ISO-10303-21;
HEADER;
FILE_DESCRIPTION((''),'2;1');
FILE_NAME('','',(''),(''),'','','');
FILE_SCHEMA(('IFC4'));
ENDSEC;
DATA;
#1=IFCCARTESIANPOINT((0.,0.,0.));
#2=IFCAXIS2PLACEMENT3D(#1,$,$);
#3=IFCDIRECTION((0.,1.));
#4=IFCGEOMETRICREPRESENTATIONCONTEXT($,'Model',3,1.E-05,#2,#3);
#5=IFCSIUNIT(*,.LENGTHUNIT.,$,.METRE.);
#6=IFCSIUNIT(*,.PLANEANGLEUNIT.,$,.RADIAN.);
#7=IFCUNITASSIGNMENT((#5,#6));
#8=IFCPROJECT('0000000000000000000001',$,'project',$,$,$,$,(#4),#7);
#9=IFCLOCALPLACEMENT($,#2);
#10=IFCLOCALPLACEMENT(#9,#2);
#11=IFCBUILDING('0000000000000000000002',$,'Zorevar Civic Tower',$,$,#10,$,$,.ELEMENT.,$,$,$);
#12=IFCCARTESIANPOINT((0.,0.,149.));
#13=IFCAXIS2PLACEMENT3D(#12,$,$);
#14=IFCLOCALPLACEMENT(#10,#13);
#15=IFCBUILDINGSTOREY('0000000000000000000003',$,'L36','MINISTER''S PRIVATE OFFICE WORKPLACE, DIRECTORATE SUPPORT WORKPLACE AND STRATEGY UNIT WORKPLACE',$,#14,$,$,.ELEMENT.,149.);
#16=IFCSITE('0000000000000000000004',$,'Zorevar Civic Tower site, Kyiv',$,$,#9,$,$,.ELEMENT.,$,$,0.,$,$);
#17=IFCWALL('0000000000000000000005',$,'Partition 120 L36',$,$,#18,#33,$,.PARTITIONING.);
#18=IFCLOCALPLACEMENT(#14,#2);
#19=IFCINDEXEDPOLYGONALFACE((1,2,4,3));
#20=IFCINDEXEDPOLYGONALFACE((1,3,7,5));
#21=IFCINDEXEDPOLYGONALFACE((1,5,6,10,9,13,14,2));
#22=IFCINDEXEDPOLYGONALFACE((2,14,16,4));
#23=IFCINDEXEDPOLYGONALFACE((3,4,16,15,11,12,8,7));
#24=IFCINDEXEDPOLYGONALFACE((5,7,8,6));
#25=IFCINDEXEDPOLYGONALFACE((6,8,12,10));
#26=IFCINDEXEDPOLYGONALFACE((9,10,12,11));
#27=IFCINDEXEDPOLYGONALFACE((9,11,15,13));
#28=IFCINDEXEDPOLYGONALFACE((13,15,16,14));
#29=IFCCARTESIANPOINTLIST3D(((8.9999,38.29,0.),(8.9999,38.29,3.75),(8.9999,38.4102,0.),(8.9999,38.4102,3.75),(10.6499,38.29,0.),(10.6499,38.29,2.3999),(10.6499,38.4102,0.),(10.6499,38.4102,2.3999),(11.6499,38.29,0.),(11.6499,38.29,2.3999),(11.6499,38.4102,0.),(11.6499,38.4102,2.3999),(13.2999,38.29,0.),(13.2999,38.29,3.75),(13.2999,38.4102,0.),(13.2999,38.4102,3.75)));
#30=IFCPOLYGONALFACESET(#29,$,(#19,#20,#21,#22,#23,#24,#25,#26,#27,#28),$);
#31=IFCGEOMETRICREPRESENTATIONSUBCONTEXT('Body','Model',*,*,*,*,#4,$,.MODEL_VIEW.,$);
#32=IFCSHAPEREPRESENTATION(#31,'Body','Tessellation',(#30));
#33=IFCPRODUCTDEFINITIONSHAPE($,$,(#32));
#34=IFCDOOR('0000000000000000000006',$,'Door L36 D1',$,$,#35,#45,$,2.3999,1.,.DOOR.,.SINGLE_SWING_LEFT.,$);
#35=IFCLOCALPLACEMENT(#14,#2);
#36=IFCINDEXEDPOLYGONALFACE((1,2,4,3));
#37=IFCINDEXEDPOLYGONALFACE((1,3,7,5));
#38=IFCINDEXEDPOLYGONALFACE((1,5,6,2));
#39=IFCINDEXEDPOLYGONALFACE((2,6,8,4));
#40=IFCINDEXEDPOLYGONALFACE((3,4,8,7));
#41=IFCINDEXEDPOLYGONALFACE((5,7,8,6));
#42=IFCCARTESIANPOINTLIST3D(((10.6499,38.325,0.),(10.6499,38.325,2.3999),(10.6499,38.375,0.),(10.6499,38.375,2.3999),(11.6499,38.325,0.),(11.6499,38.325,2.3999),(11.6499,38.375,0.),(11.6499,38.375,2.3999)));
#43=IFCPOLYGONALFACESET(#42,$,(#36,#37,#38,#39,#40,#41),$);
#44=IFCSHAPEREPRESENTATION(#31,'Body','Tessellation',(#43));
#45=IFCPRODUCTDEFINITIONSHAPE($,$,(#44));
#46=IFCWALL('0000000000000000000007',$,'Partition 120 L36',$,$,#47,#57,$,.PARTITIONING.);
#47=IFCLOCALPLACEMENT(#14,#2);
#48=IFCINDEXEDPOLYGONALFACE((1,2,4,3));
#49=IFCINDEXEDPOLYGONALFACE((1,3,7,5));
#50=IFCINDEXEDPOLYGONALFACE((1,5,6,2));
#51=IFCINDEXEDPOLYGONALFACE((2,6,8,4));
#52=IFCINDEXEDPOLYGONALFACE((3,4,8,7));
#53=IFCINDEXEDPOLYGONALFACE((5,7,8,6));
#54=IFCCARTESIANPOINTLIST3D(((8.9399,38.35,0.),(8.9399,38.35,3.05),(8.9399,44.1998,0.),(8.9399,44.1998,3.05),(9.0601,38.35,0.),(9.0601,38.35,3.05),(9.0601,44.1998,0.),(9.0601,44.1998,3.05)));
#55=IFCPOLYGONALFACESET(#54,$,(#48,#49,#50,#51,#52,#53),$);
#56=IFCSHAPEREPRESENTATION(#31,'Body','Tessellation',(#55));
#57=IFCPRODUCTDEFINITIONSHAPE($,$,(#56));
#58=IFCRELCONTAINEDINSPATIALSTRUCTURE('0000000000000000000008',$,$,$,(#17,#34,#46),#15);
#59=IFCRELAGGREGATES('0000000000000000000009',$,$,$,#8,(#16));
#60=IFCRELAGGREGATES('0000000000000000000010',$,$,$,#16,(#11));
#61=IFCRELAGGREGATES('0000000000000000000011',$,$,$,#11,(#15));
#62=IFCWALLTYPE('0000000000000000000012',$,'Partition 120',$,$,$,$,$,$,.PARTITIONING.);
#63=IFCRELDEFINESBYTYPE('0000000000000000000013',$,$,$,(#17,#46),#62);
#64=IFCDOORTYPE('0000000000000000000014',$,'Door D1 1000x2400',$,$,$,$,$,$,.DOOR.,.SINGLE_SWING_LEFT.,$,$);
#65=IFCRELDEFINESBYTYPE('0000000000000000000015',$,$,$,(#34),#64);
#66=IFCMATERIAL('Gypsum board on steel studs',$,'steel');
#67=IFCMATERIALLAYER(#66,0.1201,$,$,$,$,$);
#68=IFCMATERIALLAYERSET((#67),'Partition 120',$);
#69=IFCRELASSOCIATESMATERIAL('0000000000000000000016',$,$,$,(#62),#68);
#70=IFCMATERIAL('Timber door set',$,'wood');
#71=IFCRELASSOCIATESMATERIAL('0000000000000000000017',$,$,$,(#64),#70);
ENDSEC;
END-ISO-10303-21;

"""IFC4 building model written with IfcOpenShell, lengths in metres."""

from ifc_helpers import new_model, si_unit, direction, frame, frame_2d, origin, place, context, subcontext, project, spatial, rectangle, extrude, material, layer, layer_set, type_object, element, fill, save


model = new_model("IFC4")

# Units and contexts
model_context = context("Model", 3, precision=1e-05, world=origin(), true_north=direction((0.0, 1.0)))
body_context = subcontext(model_context, "Body", "Model", "MODEL_VIEW")
ifc_project = project(units=[si_unit("LENGTHUNIT", "METRE"), si_unit("PLANEANGLEUNIT", "RADIAN")], contexts=[model_context])

# Site, building, storey
site_placement = place(None, origin())
site = spatial("IfcSite", under=ifc_project, at=site_placement, Name="Zorevar Civic Tower site, Kyiv", CompositionType="ELEMENT", RefElevation=0.0)
building_placement = place(site_placement, origin())
building = spatial("IfcBuilding", under=site, at=building_placement, Name="Zorevar Civic Tower", CompositionType="ELEMENT")
storey_placement = place(building_placement, frame((0.0, 0.0, 149.0)))
storey = spatial("IfcBuildingStorey", under=building, at=storey_placement, Name="L36", Description="MINISTER'S PRIVATE OFFICE WORKPLACE, DIRECTORATE SUPPORT WORKPLACE AND STRATEGY UNIT WORKPLACE", CompositionType="ELEMENT", Elevation=149.0)

# Wall, opening, door
ifc_material_1 = material(Name="Gypsum board on steel studs", Category="steel")
ifc_layer_1 = layer(ifc_material_1, 0.1201)
ifc_layer_set_1 = layer_set([ifc_layer_1], Name="Partition 120")
wall_type_1 = type_object("IfcWallType", Name="Partition 120", PredefinedType="PARTITIONING", material=ifc_layer_set_1)
wall_1_placement = place(storey_placement, frame((9.0, 38.3501, 0.0), z_axis=(0.0, 0.0, 1.0), x_axis=(1.0, 0.0, 0.0)))
wall_1 = element("IfcWall", 1, at=wall_1_placement, inside=storey, type_object=wall_type_1, Name="Partition 120 L36", PredefinedType="PARTITIONING", context=body_context, shape_type="SweptSolid", body=[
    extrude(rectangle(XDim=4.3, YDim=0.1201, at=frame_2d((2.1499, 0.0))), origin(), (0.0, 0.0, 1.0), 3.75),
])
opening_placement = place(wall_1_placement, frame((1.6499, 0.0, 0.0)))
opening = element("IfcOpeningElement", 2, at=opening_placement, cuts=wall_1, PredefinedType="OPENING", context=body_context, shape_type="SweptSolid", body=[
    extrude(rectangle(XDim=1.0, YDim=2.3999, at=frame_2d((0.5, 1.2))), frame((0.0, 0.0701, 0.0), z_axis=(0.0, -1.0, 0.0), x_axis=(1.0, 0.0, 0.0)), (0.0, 0.0, 1.0), 0.1401),
])
ifc_material_2 = material(Name="Timber door set", Category="wood")
door_type = type_object("IfcDoorType", Name="Door D1 1000x2400", OperationType="SINGLE_SWING_LEFT", PredefinedType="DOOR", material=ifc_material_2)
door_placement = place(opening_placement, origin())
door = element("IfcDoor", 3, at=door_placement, inside=storey, type_object=door_type, Name="Door L36 D1", OperationType="SINGLE_SWING_LEFT", OverallHeight=2.3999, OverallWidth=1.0, PredefinedType="DOOR", context=body_context, shape_type="SweptSolid", body=[
    extrude(rectangle(XDim=1.0, YDim=2.3999, at=frame_2d((0.5, 1.2))), frame((0.0, 0.0249, 0.0), z_axis=(0.0, -1.0, 0.0), x_axis=(1.0, 0.0, 0.0)), (0.0, 0.0, 1.0), 0.05),
])
fill(opening, door)

# Wall
wall_2_placement = place(storey_placement, frame((9.0, 38.3501, 0.0), z_axis=(0.0, 0.0, 1.0), x_axis=(0.0, 1.0, 0.0)))
element("IfcWall", 4, at=wall_2_placement, inside=storey, type_object=wall_type_1, Name="Partition 120 L36", PredefinedType="PARTITIONING", context=body_context, shape_type="SweptSolid", body=[
    extrude(rectangle(XDim=5.8499, YDim=0.1201, at=frame_2d((2.9248, 0.0))), origin(), (0.0, 0.0, 1.0), 3.05),
])

save(model, "model.ifc")
